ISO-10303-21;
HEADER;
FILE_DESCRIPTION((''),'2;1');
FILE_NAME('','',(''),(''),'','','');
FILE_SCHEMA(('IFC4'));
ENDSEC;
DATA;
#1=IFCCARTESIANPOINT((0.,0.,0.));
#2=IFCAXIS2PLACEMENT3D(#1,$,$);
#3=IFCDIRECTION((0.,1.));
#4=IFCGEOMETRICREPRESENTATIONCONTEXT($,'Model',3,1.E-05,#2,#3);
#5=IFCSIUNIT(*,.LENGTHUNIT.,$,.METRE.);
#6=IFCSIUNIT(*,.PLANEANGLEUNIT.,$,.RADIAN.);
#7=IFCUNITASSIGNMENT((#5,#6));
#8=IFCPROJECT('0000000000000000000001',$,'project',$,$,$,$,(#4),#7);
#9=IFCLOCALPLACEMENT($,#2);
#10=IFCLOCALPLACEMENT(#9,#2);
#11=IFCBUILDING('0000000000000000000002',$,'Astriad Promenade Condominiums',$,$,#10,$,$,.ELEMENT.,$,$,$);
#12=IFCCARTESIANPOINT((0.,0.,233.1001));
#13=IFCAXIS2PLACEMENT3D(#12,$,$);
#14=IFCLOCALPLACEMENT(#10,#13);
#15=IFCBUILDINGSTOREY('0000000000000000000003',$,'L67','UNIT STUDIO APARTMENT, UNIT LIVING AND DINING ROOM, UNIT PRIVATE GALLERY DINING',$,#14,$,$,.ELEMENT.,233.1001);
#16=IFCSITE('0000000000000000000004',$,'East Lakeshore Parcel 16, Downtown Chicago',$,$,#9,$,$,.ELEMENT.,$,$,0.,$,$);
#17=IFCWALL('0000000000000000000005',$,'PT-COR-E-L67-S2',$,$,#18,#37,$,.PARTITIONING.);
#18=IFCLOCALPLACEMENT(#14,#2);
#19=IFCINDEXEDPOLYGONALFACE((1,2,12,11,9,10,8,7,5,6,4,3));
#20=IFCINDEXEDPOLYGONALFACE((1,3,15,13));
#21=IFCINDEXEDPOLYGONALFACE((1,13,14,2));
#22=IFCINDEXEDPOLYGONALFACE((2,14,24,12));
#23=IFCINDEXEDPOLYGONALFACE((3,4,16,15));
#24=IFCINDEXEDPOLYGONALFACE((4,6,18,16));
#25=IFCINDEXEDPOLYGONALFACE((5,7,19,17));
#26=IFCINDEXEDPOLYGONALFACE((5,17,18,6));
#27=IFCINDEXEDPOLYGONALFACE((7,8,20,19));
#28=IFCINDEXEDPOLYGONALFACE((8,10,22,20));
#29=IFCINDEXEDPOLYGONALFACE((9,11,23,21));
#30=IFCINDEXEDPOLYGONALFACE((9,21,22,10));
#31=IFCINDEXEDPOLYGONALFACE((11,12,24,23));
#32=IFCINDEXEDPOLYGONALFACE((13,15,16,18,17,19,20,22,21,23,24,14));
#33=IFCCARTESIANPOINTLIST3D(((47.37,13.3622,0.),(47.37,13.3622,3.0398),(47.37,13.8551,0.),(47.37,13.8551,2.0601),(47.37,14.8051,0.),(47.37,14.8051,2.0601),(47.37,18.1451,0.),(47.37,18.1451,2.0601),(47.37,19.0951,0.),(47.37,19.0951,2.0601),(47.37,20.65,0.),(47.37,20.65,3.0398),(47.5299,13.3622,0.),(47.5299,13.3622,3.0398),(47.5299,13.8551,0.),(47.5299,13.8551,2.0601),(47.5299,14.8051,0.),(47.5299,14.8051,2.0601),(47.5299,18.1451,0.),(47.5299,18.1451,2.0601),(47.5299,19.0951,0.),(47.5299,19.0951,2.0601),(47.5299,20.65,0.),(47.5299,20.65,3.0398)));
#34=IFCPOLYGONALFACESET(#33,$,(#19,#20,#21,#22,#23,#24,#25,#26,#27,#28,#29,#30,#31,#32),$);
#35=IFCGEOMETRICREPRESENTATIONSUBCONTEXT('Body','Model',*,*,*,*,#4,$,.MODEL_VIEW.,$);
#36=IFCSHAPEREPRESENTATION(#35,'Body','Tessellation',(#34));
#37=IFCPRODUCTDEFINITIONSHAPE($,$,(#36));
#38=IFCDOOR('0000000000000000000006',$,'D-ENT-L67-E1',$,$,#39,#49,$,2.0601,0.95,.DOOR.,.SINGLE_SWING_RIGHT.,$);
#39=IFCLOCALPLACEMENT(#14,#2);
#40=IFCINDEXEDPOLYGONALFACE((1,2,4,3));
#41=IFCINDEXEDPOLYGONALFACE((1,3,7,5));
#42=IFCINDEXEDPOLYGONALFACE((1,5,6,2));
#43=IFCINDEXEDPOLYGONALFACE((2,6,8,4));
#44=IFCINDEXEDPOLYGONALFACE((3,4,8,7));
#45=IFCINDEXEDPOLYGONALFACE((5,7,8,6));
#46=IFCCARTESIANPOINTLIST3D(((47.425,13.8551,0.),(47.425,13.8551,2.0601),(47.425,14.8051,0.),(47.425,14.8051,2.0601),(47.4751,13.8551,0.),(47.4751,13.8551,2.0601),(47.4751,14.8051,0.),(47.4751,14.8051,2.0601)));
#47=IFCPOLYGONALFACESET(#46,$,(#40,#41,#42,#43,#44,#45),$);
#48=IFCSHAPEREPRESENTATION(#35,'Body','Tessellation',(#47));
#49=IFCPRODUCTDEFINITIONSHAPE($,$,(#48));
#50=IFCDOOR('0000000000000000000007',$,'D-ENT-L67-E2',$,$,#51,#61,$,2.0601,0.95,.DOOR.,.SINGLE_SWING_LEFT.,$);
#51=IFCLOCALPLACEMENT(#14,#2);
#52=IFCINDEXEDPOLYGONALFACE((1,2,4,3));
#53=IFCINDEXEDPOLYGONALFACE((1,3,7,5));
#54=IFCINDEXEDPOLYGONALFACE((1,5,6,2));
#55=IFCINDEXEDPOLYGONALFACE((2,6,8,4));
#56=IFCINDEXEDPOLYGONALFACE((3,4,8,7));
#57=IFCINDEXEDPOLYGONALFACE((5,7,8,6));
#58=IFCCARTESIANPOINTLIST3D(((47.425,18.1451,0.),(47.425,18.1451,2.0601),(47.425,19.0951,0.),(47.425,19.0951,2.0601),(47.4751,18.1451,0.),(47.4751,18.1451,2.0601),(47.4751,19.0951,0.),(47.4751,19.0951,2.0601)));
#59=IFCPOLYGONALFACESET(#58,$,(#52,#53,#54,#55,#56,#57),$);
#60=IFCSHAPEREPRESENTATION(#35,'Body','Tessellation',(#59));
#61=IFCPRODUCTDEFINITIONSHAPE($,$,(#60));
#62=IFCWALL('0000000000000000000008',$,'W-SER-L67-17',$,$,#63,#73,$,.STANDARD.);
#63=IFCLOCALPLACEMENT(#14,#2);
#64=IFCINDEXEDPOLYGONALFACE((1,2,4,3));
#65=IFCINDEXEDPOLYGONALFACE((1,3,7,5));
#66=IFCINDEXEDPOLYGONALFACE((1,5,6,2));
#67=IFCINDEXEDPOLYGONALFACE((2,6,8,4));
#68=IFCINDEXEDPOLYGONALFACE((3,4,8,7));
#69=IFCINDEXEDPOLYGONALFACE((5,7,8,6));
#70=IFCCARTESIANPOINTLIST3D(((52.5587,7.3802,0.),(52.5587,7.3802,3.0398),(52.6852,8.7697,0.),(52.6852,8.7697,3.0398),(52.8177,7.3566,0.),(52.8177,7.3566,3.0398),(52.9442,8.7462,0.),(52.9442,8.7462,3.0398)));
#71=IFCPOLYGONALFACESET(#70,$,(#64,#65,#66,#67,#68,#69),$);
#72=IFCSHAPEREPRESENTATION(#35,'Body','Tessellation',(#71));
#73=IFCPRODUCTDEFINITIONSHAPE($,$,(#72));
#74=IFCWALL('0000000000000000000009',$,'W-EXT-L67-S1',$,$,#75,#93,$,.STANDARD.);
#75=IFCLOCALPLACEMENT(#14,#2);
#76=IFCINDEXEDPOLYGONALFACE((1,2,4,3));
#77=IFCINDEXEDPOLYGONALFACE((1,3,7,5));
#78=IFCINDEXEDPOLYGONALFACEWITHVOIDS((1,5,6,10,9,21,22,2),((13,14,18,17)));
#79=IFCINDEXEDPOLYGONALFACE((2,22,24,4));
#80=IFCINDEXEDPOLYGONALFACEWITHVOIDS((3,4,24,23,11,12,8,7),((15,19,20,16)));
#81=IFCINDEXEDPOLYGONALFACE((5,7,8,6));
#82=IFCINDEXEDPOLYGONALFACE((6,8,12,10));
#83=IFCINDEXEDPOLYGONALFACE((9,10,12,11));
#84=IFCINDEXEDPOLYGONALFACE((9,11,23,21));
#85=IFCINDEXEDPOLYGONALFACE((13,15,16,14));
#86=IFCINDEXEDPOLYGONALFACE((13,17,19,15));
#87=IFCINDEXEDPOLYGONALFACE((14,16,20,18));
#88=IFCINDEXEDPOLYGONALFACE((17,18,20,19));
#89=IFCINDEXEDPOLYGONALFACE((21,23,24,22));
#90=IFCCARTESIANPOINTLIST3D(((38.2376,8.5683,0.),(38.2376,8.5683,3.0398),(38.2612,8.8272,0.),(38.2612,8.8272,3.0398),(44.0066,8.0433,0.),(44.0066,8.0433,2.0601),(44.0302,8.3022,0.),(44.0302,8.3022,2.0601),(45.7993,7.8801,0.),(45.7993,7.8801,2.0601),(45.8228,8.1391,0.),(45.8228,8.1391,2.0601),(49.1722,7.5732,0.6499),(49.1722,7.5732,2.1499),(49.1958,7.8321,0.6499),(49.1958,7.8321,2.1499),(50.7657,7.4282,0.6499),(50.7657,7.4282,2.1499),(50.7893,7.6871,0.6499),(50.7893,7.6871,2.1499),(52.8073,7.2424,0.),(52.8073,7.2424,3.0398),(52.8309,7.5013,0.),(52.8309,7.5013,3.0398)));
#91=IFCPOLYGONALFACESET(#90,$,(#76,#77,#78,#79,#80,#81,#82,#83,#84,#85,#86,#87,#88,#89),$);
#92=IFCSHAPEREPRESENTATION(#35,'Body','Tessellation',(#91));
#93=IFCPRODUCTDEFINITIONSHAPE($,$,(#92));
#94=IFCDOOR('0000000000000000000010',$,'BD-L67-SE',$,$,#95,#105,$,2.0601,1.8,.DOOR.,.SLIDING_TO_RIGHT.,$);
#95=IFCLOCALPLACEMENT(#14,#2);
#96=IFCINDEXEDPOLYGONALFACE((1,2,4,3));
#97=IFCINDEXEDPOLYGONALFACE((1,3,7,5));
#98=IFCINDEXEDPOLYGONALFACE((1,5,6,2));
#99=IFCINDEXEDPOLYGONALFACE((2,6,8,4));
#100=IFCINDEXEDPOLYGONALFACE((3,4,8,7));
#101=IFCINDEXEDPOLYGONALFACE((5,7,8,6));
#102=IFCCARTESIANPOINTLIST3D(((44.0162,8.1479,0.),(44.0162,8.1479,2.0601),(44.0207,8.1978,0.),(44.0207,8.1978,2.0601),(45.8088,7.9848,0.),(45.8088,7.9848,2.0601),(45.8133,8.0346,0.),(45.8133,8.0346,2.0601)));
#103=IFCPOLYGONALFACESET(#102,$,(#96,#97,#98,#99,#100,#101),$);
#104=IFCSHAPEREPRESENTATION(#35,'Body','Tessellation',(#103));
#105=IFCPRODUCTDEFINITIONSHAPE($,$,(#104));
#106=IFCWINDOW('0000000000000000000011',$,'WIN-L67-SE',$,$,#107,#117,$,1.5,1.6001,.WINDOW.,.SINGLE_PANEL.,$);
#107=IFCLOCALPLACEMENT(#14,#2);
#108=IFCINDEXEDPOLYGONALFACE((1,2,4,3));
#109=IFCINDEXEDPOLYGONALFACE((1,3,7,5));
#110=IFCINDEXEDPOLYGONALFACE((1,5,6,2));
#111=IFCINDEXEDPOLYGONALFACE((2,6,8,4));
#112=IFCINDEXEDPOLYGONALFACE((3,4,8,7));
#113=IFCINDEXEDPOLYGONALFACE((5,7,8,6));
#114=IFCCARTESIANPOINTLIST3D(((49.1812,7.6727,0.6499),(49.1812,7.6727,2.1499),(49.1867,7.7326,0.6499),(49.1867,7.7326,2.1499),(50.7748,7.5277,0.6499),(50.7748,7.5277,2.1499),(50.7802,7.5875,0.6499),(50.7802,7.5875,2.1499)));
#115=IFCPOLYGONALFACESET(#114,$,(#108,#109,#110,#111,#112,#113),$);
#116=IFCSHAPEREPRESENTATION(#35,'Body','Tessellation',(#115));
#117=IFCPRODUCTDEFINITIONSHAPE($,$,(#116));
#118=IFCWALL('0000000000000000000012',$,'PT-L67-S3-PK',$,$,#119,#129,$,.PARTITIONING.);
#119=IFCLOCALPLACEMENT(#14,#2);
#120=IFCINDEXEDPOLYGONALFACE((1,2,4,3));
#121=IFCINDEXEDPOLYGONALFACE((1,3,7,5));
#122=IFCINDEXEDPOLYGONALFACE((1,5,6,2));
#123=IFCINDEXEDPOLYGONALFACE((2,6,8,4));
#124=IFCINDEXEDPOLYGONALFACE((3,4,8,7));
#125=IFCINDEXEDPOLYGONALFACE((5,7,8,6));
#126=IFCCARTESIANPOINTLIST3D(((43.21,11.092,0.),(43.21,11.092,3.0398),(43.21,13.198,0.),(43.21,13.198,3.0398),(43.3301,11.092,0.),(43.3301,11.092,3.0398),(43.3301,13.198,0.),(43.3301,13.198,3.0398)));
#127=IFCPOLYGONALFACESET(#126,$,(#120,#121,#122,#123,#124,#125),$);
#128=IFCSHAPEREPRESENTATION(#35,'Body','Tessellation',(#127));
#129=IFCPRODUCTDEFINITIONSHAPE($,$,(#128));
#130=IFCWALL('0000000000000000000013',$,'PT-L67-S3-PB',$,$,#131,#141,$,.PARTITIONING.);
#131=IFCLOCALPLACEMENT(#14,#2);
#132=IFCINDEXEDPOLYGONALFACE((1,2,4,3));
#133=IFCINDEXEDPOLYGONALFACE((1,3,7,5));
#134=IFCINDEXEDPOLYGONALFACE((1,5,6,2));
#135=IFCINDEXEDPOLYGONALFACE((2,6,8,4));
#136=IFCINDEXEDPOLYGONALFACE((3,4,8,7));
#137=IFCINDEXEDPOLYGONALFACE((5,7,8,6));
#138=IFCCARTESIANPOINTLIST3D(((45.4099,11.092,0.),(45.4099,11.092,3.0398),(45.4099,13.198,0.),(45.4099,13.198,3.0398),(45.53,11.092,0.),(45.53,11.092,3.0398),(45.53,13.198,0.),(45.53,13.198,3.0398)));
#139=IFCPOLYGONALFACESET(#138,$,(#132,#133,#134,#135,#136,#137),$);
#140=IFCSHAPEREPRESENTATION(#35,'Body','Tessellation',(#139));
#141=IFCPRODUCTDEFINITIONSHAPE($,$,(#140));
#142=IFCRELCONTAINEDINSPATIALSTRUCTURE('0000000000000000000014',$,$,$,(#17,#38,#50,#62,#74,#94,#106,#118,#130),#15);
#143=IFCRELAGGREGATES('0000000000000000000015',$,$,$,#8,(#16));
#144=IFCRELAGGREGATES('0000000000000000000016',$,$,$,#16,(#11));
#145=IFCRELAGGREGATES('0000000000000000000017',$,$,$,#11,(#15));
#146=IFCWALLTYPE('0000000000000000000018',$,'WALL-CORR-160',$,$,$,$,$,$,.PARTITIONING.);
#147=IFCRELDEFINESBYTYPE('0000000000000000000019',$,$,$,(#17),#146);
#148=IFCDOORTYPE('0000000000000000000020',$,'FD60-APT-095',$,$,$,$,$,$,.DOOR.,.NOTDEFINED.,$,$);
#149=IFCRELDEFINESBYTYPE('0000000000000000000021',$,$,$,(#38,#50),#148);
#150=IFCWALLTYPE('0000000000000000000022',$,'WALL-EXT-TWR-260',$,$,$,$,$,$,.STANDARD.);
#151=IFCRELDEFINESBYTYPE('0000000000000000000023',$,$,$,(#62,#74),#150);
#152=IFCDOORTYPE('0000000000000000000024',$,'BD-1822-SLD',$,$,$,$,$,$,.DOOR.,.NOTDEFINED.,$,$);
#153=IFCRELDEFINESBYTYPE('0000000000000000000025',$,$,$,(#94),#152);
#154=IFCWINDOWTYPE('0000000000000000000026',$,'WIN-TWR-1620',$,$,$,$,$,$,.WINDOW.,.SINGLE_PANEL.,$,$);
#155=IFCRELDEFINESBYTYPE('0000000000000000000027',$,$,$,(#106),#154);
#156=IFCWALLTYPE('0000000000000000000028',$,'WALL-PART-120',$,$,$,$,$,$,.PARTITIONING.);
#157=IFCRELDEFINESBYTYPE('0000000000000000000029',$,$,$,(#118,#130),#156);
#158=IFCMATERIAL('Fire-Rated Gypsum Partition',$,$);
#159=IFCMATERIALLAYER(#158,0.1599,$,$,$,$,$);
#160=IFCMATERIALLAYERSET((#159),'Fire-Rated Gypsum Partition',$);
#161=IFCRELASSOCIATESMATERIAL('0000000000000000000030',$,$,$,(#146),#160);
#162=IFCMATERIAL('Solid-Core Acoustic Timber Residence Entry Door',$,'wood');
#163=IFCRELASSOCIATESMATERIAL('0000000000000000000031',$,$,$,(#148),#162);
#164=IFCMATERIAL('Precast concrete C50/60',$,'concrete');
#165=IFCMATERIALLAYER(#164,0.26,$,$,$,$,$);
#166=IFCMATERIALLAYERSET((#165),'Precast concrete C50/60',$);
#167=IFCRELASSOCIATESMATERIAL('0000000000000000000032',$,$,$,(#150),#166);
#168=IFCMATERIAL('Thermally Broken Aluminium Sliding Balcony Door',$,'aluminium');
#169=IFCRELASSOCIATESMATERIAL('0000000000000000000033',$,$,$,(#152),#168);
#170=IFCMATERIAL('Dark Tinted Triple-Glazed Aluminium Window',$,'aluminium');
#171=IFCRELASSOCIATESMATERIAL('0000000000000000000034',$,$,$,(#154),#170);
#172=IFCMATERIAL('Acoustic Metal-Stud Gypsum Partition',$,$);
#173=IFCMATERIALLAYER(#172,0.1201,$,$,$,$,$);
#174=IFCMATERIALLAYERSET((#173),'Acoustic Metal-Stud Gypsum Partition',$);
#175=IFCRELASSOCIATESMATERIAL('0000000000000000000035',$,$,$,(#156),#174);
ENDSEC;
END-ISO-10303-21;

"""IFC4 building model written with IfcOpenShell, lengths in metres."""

from ifc_helpers import new_model, si_unit, direction, frame, frame_2d, origin, place, context, subcontext, project, spatial, rectangle, extrude, source, transform, mapped, material, layer, layer_set, type_object, type_shapes, element, fill, save


model = new_model("IFC4")

# Units and contexts
model_context = context("Model", 3, precision=1e-05, world=origin(), true_north=direction((0.0, 1.0)))
body_context = subcontext(model_context, "Body", "Model", "MODEL_VIEW")
ifc_project = project(units=[si_unit("LENGTHUNIT", "METRE"), si_unit("PLANEANGLEUNIT", "RADIAN")], contexts=[model_context])

# Site, building, storey
site_placement = place(None, origin())
site = spatial("IfcSite", under=ifc_project, at=site_placement, Name="East Lakeshore Parcel 16, Downtown Chicago", CompositionType="ELEMENT", RefElevation=0.0)
building_placement = place(site_placement, origin())
building = spatial("IfcBuilding", under=site, at=building_placement, Name="Astriad Promenade Condominiums", CompositionType="ELEMENT")
storey_placement = place(building_placement, frame((0.0, 0.0, 233.1001)))
storey = spatial("IfcBuildingStorey", under=building, at=storey_placement, Name="L67", Description="UNIT STUDIO APARTMENT, UNIT LIVING AND DINING ROOM, UNIT PRIVATE GALLERY DINING", CompositionType="ELEMENT", Elevation=233.1001)

# Shared definitions
ifc_material_1 = material(Name="Fire-Rated Gypsum Partition")
ifc_layer_1 = layer(ifc_material_1, 0.1599)
ifc_layer_set_1 = layer_set([ifc_layer_1], Name="Fire-Rated Gypsum Partition")
wall_type_1 = type_object("IfcWallType", Name="WALL-CORR-160", PredefinedType="PARTITIONING", material=ifc_layer_set_1)

# Wall, openings, doors
wall_1_placement = place(storey_placement, frame((47.45, 13.3621, 0.0), z_axis=(0.0, 0.0, 1.0), x_axis=(0.0, 1.0, 0.0)))
wall_1 = element("IfcWall", 1, at=wall_1_placement, inside=storey, type_object=wall_type_1, Name="PT-COR-E-L67-S2", PredefinedType="PARTITIONING", context=body_context, shape_type="SweptSolid", body=[
    extrude(rectangle(XDim=7.2878, YDim=0.1599, at=frame_2d((3.644, 0.0))), origin(), (0.0, 0.0, 1.0), 3.0398),
])
opening_1_placement = place(wall_1_placement, frame((0.4929, 0.0, 0.0)))
opening_1 = element("IfcOpeningElement", 2, at=opening_1_placement, cuts=wall_1, PredefinedType="OPENING", context=body_context, shape_type="SweptSolid", body=[
    extrude(rectangle(XDim=0.95, YDim=2.0601, at=frame_2d((0.4751, 1.03))), frame((0.0, 0.0898, 0.0), z_axis=(0.0, -1.0, 0.0), x_axis=(1.0, 0.0, 0.0)), (0.0, 0.0, 1.0), 0.1799),
])
opening_2_placement = place(wall_1_placement, frame((4.783, 0.0, 0.0)))
opening_2 = element("IfcOpeningElement", 3, at=opening_2_placement, cuts=wall_1, PredefinedType="OPENING", context=body_context, shape_type="SweptSolid", body=[
    extrude(rectangle(XDim=0.95, YDim=2.0601, at=frame_2d((0.4751, 1.03))), frame((0.0, 0.0898, 0.0), z_axis=(0.0, -1.0, 0.0), x_axis=(1.0, 0.0, 0.0)), (0.0, 0.0, 1.0), 0.1799),
])
ifc_material_2 = material(Name="Solid-Core Acoustic Timber Residence Entry Door", Category="wood")
door_type_1 = type_object("IfcDoorType", Name="FD60-APT-095", OperationType="NOTDEFINED", PredefinedType="DOOR", material=ifc_material_2)
shared_shape_1 = source(origin(), body_context, "Body", "SweptSolid", [
    extrude(rectangle(XDim=0.95, YDim=2.0601, at=frame_2d((0.4751, 1.03))), frame((0.0, 0.0249, 0.0), z_axis=(0.0, -1.0, 0.0), x_axis=(1.0, 0.0, 0.0)), (0.0, 0.0, 1.0), 0.05),
])
type_shapes(door_type_1, [shared_shape_1])
door_1_placement = place(opening_1_placement, origin())
door_1 = element("IfcDoor", 4, at=door_1_placement, inside=storey, type_object=door_type_1, Name="D-ENT-L67-E1", OperationType="SINGLE_SWING_RIGHT", OverallHeight=2.0601, OverallWidth=0.95, PredefinedType="DOOR", context=body_context, shape_type="MappedRepresentation", body=[
    mapped(shared_shape_1, transform((0.0, 0.0, 0.0), scale=1.0)),
])
fill(opening_1, door_1)
door_2_placement = place(opening_2_placement, origin())
door_2 = element("IfcDoor", 5, at=door_2_placement, inside=storey, type_object=door_type_1, Name="D-ENT-L67-E2", OperationType="SINGLE_SWING_LEFT", OverallHeight=2.0601, OverallWidth=0.95, PredefinedType="DOOR", context=body_context, shape_type="MappedRepresentation", body=[
    mapped(shared_shape_1, transform((0.0, 0.0, 0.0), scale=1.0)),
])
fill(opening_2, door_2)

# Wall
ifc_material_3 = material(Name="Precast concrete C50/60", Category="concrete")
ifc_layer_2 = layer(ifc_material_3, 0.26)
ifc_layer_set_2 = layer_set([ifc_layer_2], Name="Precast concrete C50/60")
wall_type_2 = type_object("IfcWallType", Name="WALL-EXT-TWR-260", PredefinedType="STANDARD", material=ifc_layer_set_2)
wall_2_placement = place(storey_placement, frame((52.8147, 8.7581, 0.0), z_axis=(0.0, 0.0, 1.0), x_axis=(-0.090646, -0.995883, 0.0)))
element("IfcWall", 6, at=wall_2_placement, inside=storey, type_object=wall_type_2, Name="W-SER-L67-17", PredefinedType="STANDARD", context=body_context, shape_type="SweptSolid", body=[
    extrude(rectangle(XDim=1.3953, YDim=0.26, at=frame_2d((0.6978, 0.0))), origin(), (0.0, 0.0, 1.0), 3.0398),
])

# Wall, openings, door, window
wall_3_placement = place(storey_placement, frame((52.8191, 7.3718, 0.0), z_axis=(0.0, 0.0, 1.0), x_axis=(-0.995884, 0.090632, 0.0)))
wall_3 = element("IfcWall", 7, at=wall_3_placement, inside=storey, type_object=wall_type_2, Name="W-EXT-L67-S1", PredefinedType="STANDARD", context=body_context, shape_type="SweptSolid", body=[
    extrude(rectangle(XDim=14.6299, YDim=0.26, at=frame_2d((7.3149, 0.0))), origin(), (0.0, 0.0, 1.0), 3.0398),
])
opening_3_placement = place(wall_3_placement, frame((7.0371, 0.0, 0.0)))
opening_3 = element("IfcOpeningElement", 8, at=opening_3_placement, cuts=wall_3, PredefinedType="OPENING", context=body_context, shape_type="SweptSolid", body=[
    extrude(rectangle(XDim=1.8, YDim=2.0601, at=frame_2d((0.8999, 1.03))), frame((0.0, 0.1399, 0.0), z_axis=(0.0, -1.0, 0.0), x_axis=(1.0, 0.0, 0.0)), (0.0, 0.0, 1.0), 0.28),
])
opening_4_placement = place(wall_3_placement, frame((2.05, 0.0, 0.6499)))
opening_4 = element("IfcOpeningElement", 9, at=opening_4_placement, cuts=wall_3, PredefinedType="OPENING", context=body_context, shape_type="SweptSolid", body=[
    extrude(rectangle(XDim=1.6001, YDim=1.5, at=frame_2d((0.8, 0.75))), frame((0.0, 0.1399, 0.0), z_axis=(0.0, -1.0, 0.0), x_axis=(1.0, 0.0, 0.0)), (0.0, 0.0, 1.0), 0.28),
])
ifc_material_4 = material(Name="Thermally Broken Aluminium Sliding Balcony Door", Category="aluminium")
door_type_2 = type_object("IfcDoorType", Name="BD-1822-SLD", OperationType="NOTDEFINED", PredefinedType="DOOR", material=ifc_material_4)
shared_shape_2 = source(origin(), body_context, "Body", "SweptSolid", [
    extrude(rectangle(XDim=1.8, YDim=2.0601, at=frame_2d((0.8999, 1.03))), frame((0.0, 0.0249, 0.0), z_axis=(0.0, -1.0, 0.0), x_axis=(1.0, 0.0, 0.0)), (0.0, 0.0, 1.0), 0.05),
])
type_shapes(door_type_2, [shared_shape_2])
door_3_placement = place(opening_3_placement, origin())
door_3 = element("IfcDoor", 10, at=door_3_placement, inside=storey, type_object=door_type_2, Name="BD-L67-SE", OperationType="SLIDING_TO_RIGHT", OverallHeight=2.0601, OverallWidth=1.8, PredefinedType="DOOR", context=body_context, shape_type="MappedRepresentation", body=[
    mapped(shared_shape_2, transform((0.0, 0.0, 0.0), scale=1.0)),
])
fill(opening_3, door_3)
ifc_material_5 = material(Name="Dark Tinted Triple-Glazed Aluminium Window", Category="aluminium")
window_type = type_object("IfcWindowType", Name="WIN-TWR-1620", PartitioningType="SINGLE_PANEL", PredefinedType="WINDOW", material=ifc_material_5)
shared_shape_3 = source(origin(), body_context, "Body", "SweptSolid", [
    extrude(rectangle(XDim=1.6001, YDim=1.5, at=frame_2d((0.8, 0.75))), frame((0.0, 0.03, 0.0), z_axis=(0.0, -1.0, 0.0), x_axis=(1.0, 0.0, 0.0)), (0.0, 0.0, 1.0), 0.0601),
])
type_shapes(window_type, [shared_shape_3])
window_placement = place(opening_4_placement, origin())
window = element("IfcWindow", 11, at=window_placement, inside=storey, type_object=window_type, Name="WIN-L67-SE", OverallHeight=1.5, OverallWidth=1.6001, PartitioningType="SINGLE_PANEL", PredefinedType="WINDOW", context=body_context, shape_type="MappedRepresentation", body=[
    mapped(shared_shape_3, transform((0.0, 0.0, 0.0), scale=1.0)),
])
fill(opening_4, window)

# Walls
ifc_material_6 = material(Name="Acoustic Metal-Stud Gypsum Partition")
ifc_layer_3 = layer(ifc_material_6, 0.1201)
ifc_layer_set_3 = layer_set([ifc_layer_3], Name="Acoustic Metal-Stud Gypsum Partition")
wall_type_3 = type_object("IfcWallType", Name="WALL-PART-120", PredefinedType="PARTITIONING", material=ifc_layer_set_3)
for number, where, z_axis, x_axis, name in (
    (12, (43.27, 11.092, 0.0), (0.0, 0.0, 1.0), (0.0, 1.0, 0.0), "PT-L67-S3-PK"),
    (13, (45.47, 11.092, 0.0), (0.0, 0.0, 1.0), (0.0, 1.0, 0.0), "PT-L67-S3-PB"),
):
    element("IfcWall", number, at=place(storey_placement, frame(where, z_axis=z_axis, x_axis=x_axis)), inside=storey, type_object=wall_type_3, Name=name, PredefinedType="PARTITIONING", context=body_context, shape_type="SweptSolid", body=[
        extrude(rectangle(XDim=2.106, YDim=0.1201, at=frame_2d((1.053, 0.0))), origin(), (0.0, 0.0, 1.0), 3.0398),
    ])

save(model, "model.ifc")
